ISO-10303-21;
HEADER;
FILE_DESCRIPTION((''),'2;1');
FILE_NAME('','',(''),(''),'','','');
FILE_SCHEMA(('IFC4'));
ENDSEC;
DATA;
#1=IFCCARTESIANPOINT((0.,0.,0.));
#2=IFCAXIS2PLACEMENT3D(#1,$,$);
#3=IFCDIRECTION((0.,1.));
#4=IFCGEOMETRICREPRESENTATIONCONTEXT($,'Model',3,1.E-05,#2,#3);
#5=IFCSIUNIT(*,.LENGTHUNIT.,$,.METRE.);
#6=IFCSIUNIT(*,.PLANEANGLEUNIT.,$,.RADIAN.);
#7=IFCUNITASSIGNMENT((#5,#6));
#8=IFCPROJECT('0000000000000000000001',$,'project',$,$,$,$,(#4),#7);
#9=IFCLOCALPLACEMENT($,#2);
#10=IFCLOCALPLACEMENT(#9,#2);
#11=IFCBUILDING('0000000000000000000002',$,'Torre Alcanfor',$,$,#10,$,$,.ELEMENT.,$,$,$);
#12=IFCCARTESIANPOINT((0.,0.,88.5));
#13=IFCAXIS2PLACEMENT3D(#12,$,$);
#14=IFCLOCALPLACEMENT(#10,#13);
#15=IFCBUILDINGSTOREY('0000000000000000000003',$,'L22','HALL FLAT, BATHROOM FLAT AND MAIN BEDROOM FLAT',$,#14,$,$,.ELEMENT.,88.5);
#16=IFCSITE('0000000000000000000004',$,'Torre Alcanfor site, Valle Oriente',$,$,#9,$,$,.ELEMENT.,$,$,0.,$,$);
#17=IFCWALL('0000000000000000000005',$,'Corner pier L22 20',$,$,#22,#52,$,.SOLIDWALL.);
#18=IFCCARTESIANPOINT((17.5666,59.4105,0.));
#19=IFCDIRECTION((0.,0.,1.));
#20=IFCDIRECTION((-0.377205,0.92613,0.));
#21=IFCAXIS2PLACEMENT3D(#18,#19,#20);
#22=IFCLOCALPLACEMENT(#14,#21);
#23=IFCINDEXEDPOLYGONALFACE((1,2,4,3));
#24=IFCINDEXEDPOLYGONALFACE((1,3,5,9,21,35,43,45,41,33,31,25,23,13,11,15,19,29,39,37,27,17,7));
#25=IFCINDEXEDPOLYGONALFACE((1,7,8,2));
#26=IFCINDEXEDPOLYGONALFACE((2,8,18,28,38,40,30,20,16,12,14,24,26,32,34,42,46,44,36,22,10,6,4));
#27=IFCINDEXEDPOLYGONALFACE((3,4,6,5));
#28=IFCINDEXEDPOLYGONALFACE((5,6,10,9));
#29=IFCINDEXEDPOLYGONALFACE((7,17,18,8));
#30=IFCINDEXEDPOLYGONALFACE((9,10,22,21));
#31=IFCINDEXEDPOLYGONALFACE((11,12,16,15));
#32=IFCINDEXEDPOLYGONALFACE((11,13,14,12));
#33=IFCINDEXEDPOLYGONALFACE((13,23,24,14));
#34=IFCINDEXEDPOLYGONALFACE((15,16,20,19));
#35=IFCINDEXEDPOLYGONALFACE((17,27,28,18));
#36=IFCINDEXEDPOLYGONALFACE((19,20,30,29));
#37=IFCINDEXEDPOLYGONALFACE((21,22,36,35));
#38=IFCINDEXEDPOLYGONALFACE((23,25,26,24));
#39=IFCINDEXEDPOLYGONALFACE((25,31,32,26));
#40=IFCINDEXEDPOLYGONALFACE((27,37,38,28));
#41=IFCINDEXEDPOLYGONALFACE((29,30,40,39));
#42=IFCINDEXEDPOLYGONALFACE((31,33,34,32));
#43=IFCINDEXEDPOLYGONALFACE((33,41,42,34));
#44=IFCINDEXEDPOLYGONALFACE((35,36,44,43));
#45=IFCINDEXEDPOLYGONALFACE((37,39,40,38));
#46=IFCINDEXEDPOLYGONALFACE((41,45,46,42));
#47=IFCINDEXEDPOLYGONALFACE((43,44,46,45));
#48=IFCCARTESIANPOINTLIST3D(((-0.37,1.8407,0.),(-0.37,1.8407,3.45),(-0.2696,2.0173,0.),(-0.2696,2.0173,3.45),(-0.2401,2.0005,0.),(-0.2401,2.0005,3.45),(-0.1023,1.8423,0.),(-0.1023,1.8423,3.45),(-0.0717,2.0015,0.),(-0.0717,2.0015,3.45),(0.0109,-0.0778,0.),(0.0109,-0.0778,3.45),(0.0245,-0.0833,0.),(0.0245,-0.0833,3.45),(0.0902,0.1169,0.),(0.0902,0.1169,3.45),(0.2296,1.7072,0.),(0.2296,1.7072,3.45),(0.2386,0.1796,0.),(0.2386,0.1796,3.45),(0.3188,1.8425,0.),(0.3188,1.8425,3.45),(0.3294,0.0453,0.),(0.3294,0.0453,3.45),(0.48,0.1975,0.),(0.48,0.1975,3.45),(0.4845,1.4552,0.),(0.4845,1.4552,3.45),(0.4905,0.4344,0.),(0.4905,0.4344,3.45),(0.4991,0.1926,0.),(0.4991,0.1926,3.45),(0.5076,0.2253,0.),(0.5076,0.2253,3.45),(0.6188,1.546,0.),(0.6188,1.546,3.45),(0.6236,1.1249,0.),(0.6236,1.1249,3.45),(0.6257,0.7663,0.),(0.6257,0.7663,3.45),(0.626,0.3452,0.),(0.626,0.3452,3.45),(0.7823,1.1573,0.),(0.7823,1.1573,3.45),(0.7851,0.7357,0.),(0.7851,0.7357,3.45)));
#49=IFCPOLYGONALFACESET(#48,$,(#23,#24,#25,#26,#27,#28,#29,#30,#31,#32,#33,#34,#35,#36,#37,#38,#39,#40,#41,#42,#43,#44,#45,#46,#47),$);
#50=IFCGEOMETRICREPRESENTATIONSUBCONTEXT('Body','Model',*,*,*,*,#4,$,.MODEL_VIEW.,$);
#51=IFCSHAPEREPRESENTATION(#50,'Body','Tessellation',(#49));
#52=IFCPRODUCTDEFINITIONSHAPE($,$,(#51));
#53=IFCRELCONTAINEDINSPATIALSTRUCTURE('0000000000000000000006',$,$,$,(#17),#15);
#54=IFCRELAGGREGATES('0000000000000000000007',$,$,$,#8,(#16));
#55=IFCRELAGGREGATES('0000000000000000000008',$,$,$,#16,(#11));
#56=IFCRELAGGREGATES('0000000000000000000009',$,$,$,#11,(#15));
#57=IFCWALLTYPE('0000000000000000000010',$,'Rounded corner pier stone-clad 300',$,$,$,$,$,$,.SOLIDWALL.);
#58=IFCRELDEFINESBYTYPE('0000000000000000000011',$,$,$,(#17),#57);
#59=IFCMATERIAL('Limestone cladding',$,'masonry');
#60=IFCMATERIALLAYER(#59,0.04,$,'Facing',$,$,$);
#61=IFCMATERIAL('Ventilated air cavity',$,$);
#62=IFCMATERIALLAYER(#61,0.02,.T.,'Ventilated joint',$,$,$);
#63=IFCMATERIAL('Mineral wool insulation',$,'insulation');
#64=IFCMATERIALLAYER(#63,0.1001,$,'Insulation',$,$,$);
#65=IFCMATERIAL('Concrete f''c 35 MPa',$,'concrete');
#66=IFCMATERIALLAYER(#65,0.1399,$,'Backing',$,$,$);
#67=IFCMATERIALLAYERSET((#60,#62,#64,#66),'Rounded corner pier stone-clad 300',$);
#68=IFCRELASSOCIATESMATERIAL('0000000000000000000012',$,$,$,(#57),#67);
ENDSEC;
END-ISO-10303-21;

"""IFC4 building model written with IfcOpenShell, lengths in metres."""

from ifc_helpers import new_model, si_unit, direction, frame, origin, place, context, subcontext, project, spatial, polyline, outline, extrude, material, layer, layer_set, type_object, element, save


model = new_model("IFC4")

# Units and contexts
model_context = context("Model", 3, precision=1e-05, world=origin(), true_north=direction((0.0, 1.0)))
body_context = subcontext(model_context, "Body", "Model", "MODEL_VIEW")
ifc_project = project(units=[si_unit("LENGTHUNIT", "METRE"), si_unit("PLANEANGLEUNIT", "RADIAN")], contexts=[model_context])

# Site, building, storey
site_placement = place(None, origin())
site = spatial("IfcSite", under=ifc_project, at=site_placement, Name="Torre Alcanfor site, Valle Oriente", CompositionType="ELEMENT", RefElevation=0.0)
building_placement = place(site_placement, origin())
building = spatial("IfcBuilding", under=site, at=building_placement, Name="Torre Alcanfor", CompositionType="ELEMENT")
storey_placement = place(building_placement, frame((0.0, 0.0, 88.5)))
storey = spatial("IfcBuildingStorey", under=building, at=storey_placement, Name="L22", Description="HALL FLAT, BATHROOM FLAT AND MAIN BEDROOM FLAT", CompositionType="ELEMENT", Elevation=88.5)

# Wall
ifc_material_1 = material(Name="Limestone cladding", Category="masonry")
ifc_layer_1 = layer(ifc_material_1, 0.04, Name="Facing")
ifc_material_2 = material(Name="Ventilated air cavity")
ifc_layer_2 = layer(ifc_material_2, 0.02, ventilated=True, Name="Ventilated joint")
ifc_material_3 = material(Name="Mineral wool insulation", Category="insulation")
ifc_layer_3 = layer(ifc_material_3, 0.1001, Name="Insulation")
ifc_material_4 = material(Name="Concrete f'c 35 MPa", Category="concrete")
ifc_layer_4 = layer(ifc_material_4, 0.1399, Name="Backing")
ifc_layer_set_1 = layer_set([ifc_layer_1, ifc_layer_2, ifc_layer_3, ifc_layer_4], Name="Rounded corner pier stone-clad 300")
wall_type = type_object("IfcWallType", Name="Rounded corner pier stone-clad 300", PredefinedType="SOLIDWALL", material=ifc_layer_set_1)
wall_placement = place(storey_placement, frame((17.5666, 59.4105, 0.0), z_axis=(0.0, 0.0, 1.0), x_axis=(-0.377205, 0.92613, 0.0)))
element("IfcWall", 1, at=wall_placement, inside=storey, type_object=wall_type, Name="Corner pier L22 20", PredefinedType="SOLIDWALL", context=body_context, shape_type="SweptSolid", body=[
    extrude(outline(polyline([(-0.2696, 2.0173), (-0.37, 1.8407), (-0.1023, 1.8423), (0.2296, 1.7072), (0.4845, 1.4552), (0.6236, 1.1249), (0.6257, 0.7663), (0.4905, 0.4344), (0.2386, 0.1796), (0.0902, 0.1169), (0.0109, -0.0778), (0.0245, -0.0833), (0.3294, 0.0453), (0.48, 0.1975), (0.4991, 0.1926), (0.5076, 0.2253), (0.626, 0.3452), (0.7851, 0.7357), (0.7823, 1.1573), (0.6188, 1.546), (0.3188, 1.8425), (-0.0717, 2.0015), (-0.2401, 2.0005), (-0.2696, 2.0173)])), origin(), (0.0, 0.0, 1.0), 3.45),
])

save(model, "model.ifc")
